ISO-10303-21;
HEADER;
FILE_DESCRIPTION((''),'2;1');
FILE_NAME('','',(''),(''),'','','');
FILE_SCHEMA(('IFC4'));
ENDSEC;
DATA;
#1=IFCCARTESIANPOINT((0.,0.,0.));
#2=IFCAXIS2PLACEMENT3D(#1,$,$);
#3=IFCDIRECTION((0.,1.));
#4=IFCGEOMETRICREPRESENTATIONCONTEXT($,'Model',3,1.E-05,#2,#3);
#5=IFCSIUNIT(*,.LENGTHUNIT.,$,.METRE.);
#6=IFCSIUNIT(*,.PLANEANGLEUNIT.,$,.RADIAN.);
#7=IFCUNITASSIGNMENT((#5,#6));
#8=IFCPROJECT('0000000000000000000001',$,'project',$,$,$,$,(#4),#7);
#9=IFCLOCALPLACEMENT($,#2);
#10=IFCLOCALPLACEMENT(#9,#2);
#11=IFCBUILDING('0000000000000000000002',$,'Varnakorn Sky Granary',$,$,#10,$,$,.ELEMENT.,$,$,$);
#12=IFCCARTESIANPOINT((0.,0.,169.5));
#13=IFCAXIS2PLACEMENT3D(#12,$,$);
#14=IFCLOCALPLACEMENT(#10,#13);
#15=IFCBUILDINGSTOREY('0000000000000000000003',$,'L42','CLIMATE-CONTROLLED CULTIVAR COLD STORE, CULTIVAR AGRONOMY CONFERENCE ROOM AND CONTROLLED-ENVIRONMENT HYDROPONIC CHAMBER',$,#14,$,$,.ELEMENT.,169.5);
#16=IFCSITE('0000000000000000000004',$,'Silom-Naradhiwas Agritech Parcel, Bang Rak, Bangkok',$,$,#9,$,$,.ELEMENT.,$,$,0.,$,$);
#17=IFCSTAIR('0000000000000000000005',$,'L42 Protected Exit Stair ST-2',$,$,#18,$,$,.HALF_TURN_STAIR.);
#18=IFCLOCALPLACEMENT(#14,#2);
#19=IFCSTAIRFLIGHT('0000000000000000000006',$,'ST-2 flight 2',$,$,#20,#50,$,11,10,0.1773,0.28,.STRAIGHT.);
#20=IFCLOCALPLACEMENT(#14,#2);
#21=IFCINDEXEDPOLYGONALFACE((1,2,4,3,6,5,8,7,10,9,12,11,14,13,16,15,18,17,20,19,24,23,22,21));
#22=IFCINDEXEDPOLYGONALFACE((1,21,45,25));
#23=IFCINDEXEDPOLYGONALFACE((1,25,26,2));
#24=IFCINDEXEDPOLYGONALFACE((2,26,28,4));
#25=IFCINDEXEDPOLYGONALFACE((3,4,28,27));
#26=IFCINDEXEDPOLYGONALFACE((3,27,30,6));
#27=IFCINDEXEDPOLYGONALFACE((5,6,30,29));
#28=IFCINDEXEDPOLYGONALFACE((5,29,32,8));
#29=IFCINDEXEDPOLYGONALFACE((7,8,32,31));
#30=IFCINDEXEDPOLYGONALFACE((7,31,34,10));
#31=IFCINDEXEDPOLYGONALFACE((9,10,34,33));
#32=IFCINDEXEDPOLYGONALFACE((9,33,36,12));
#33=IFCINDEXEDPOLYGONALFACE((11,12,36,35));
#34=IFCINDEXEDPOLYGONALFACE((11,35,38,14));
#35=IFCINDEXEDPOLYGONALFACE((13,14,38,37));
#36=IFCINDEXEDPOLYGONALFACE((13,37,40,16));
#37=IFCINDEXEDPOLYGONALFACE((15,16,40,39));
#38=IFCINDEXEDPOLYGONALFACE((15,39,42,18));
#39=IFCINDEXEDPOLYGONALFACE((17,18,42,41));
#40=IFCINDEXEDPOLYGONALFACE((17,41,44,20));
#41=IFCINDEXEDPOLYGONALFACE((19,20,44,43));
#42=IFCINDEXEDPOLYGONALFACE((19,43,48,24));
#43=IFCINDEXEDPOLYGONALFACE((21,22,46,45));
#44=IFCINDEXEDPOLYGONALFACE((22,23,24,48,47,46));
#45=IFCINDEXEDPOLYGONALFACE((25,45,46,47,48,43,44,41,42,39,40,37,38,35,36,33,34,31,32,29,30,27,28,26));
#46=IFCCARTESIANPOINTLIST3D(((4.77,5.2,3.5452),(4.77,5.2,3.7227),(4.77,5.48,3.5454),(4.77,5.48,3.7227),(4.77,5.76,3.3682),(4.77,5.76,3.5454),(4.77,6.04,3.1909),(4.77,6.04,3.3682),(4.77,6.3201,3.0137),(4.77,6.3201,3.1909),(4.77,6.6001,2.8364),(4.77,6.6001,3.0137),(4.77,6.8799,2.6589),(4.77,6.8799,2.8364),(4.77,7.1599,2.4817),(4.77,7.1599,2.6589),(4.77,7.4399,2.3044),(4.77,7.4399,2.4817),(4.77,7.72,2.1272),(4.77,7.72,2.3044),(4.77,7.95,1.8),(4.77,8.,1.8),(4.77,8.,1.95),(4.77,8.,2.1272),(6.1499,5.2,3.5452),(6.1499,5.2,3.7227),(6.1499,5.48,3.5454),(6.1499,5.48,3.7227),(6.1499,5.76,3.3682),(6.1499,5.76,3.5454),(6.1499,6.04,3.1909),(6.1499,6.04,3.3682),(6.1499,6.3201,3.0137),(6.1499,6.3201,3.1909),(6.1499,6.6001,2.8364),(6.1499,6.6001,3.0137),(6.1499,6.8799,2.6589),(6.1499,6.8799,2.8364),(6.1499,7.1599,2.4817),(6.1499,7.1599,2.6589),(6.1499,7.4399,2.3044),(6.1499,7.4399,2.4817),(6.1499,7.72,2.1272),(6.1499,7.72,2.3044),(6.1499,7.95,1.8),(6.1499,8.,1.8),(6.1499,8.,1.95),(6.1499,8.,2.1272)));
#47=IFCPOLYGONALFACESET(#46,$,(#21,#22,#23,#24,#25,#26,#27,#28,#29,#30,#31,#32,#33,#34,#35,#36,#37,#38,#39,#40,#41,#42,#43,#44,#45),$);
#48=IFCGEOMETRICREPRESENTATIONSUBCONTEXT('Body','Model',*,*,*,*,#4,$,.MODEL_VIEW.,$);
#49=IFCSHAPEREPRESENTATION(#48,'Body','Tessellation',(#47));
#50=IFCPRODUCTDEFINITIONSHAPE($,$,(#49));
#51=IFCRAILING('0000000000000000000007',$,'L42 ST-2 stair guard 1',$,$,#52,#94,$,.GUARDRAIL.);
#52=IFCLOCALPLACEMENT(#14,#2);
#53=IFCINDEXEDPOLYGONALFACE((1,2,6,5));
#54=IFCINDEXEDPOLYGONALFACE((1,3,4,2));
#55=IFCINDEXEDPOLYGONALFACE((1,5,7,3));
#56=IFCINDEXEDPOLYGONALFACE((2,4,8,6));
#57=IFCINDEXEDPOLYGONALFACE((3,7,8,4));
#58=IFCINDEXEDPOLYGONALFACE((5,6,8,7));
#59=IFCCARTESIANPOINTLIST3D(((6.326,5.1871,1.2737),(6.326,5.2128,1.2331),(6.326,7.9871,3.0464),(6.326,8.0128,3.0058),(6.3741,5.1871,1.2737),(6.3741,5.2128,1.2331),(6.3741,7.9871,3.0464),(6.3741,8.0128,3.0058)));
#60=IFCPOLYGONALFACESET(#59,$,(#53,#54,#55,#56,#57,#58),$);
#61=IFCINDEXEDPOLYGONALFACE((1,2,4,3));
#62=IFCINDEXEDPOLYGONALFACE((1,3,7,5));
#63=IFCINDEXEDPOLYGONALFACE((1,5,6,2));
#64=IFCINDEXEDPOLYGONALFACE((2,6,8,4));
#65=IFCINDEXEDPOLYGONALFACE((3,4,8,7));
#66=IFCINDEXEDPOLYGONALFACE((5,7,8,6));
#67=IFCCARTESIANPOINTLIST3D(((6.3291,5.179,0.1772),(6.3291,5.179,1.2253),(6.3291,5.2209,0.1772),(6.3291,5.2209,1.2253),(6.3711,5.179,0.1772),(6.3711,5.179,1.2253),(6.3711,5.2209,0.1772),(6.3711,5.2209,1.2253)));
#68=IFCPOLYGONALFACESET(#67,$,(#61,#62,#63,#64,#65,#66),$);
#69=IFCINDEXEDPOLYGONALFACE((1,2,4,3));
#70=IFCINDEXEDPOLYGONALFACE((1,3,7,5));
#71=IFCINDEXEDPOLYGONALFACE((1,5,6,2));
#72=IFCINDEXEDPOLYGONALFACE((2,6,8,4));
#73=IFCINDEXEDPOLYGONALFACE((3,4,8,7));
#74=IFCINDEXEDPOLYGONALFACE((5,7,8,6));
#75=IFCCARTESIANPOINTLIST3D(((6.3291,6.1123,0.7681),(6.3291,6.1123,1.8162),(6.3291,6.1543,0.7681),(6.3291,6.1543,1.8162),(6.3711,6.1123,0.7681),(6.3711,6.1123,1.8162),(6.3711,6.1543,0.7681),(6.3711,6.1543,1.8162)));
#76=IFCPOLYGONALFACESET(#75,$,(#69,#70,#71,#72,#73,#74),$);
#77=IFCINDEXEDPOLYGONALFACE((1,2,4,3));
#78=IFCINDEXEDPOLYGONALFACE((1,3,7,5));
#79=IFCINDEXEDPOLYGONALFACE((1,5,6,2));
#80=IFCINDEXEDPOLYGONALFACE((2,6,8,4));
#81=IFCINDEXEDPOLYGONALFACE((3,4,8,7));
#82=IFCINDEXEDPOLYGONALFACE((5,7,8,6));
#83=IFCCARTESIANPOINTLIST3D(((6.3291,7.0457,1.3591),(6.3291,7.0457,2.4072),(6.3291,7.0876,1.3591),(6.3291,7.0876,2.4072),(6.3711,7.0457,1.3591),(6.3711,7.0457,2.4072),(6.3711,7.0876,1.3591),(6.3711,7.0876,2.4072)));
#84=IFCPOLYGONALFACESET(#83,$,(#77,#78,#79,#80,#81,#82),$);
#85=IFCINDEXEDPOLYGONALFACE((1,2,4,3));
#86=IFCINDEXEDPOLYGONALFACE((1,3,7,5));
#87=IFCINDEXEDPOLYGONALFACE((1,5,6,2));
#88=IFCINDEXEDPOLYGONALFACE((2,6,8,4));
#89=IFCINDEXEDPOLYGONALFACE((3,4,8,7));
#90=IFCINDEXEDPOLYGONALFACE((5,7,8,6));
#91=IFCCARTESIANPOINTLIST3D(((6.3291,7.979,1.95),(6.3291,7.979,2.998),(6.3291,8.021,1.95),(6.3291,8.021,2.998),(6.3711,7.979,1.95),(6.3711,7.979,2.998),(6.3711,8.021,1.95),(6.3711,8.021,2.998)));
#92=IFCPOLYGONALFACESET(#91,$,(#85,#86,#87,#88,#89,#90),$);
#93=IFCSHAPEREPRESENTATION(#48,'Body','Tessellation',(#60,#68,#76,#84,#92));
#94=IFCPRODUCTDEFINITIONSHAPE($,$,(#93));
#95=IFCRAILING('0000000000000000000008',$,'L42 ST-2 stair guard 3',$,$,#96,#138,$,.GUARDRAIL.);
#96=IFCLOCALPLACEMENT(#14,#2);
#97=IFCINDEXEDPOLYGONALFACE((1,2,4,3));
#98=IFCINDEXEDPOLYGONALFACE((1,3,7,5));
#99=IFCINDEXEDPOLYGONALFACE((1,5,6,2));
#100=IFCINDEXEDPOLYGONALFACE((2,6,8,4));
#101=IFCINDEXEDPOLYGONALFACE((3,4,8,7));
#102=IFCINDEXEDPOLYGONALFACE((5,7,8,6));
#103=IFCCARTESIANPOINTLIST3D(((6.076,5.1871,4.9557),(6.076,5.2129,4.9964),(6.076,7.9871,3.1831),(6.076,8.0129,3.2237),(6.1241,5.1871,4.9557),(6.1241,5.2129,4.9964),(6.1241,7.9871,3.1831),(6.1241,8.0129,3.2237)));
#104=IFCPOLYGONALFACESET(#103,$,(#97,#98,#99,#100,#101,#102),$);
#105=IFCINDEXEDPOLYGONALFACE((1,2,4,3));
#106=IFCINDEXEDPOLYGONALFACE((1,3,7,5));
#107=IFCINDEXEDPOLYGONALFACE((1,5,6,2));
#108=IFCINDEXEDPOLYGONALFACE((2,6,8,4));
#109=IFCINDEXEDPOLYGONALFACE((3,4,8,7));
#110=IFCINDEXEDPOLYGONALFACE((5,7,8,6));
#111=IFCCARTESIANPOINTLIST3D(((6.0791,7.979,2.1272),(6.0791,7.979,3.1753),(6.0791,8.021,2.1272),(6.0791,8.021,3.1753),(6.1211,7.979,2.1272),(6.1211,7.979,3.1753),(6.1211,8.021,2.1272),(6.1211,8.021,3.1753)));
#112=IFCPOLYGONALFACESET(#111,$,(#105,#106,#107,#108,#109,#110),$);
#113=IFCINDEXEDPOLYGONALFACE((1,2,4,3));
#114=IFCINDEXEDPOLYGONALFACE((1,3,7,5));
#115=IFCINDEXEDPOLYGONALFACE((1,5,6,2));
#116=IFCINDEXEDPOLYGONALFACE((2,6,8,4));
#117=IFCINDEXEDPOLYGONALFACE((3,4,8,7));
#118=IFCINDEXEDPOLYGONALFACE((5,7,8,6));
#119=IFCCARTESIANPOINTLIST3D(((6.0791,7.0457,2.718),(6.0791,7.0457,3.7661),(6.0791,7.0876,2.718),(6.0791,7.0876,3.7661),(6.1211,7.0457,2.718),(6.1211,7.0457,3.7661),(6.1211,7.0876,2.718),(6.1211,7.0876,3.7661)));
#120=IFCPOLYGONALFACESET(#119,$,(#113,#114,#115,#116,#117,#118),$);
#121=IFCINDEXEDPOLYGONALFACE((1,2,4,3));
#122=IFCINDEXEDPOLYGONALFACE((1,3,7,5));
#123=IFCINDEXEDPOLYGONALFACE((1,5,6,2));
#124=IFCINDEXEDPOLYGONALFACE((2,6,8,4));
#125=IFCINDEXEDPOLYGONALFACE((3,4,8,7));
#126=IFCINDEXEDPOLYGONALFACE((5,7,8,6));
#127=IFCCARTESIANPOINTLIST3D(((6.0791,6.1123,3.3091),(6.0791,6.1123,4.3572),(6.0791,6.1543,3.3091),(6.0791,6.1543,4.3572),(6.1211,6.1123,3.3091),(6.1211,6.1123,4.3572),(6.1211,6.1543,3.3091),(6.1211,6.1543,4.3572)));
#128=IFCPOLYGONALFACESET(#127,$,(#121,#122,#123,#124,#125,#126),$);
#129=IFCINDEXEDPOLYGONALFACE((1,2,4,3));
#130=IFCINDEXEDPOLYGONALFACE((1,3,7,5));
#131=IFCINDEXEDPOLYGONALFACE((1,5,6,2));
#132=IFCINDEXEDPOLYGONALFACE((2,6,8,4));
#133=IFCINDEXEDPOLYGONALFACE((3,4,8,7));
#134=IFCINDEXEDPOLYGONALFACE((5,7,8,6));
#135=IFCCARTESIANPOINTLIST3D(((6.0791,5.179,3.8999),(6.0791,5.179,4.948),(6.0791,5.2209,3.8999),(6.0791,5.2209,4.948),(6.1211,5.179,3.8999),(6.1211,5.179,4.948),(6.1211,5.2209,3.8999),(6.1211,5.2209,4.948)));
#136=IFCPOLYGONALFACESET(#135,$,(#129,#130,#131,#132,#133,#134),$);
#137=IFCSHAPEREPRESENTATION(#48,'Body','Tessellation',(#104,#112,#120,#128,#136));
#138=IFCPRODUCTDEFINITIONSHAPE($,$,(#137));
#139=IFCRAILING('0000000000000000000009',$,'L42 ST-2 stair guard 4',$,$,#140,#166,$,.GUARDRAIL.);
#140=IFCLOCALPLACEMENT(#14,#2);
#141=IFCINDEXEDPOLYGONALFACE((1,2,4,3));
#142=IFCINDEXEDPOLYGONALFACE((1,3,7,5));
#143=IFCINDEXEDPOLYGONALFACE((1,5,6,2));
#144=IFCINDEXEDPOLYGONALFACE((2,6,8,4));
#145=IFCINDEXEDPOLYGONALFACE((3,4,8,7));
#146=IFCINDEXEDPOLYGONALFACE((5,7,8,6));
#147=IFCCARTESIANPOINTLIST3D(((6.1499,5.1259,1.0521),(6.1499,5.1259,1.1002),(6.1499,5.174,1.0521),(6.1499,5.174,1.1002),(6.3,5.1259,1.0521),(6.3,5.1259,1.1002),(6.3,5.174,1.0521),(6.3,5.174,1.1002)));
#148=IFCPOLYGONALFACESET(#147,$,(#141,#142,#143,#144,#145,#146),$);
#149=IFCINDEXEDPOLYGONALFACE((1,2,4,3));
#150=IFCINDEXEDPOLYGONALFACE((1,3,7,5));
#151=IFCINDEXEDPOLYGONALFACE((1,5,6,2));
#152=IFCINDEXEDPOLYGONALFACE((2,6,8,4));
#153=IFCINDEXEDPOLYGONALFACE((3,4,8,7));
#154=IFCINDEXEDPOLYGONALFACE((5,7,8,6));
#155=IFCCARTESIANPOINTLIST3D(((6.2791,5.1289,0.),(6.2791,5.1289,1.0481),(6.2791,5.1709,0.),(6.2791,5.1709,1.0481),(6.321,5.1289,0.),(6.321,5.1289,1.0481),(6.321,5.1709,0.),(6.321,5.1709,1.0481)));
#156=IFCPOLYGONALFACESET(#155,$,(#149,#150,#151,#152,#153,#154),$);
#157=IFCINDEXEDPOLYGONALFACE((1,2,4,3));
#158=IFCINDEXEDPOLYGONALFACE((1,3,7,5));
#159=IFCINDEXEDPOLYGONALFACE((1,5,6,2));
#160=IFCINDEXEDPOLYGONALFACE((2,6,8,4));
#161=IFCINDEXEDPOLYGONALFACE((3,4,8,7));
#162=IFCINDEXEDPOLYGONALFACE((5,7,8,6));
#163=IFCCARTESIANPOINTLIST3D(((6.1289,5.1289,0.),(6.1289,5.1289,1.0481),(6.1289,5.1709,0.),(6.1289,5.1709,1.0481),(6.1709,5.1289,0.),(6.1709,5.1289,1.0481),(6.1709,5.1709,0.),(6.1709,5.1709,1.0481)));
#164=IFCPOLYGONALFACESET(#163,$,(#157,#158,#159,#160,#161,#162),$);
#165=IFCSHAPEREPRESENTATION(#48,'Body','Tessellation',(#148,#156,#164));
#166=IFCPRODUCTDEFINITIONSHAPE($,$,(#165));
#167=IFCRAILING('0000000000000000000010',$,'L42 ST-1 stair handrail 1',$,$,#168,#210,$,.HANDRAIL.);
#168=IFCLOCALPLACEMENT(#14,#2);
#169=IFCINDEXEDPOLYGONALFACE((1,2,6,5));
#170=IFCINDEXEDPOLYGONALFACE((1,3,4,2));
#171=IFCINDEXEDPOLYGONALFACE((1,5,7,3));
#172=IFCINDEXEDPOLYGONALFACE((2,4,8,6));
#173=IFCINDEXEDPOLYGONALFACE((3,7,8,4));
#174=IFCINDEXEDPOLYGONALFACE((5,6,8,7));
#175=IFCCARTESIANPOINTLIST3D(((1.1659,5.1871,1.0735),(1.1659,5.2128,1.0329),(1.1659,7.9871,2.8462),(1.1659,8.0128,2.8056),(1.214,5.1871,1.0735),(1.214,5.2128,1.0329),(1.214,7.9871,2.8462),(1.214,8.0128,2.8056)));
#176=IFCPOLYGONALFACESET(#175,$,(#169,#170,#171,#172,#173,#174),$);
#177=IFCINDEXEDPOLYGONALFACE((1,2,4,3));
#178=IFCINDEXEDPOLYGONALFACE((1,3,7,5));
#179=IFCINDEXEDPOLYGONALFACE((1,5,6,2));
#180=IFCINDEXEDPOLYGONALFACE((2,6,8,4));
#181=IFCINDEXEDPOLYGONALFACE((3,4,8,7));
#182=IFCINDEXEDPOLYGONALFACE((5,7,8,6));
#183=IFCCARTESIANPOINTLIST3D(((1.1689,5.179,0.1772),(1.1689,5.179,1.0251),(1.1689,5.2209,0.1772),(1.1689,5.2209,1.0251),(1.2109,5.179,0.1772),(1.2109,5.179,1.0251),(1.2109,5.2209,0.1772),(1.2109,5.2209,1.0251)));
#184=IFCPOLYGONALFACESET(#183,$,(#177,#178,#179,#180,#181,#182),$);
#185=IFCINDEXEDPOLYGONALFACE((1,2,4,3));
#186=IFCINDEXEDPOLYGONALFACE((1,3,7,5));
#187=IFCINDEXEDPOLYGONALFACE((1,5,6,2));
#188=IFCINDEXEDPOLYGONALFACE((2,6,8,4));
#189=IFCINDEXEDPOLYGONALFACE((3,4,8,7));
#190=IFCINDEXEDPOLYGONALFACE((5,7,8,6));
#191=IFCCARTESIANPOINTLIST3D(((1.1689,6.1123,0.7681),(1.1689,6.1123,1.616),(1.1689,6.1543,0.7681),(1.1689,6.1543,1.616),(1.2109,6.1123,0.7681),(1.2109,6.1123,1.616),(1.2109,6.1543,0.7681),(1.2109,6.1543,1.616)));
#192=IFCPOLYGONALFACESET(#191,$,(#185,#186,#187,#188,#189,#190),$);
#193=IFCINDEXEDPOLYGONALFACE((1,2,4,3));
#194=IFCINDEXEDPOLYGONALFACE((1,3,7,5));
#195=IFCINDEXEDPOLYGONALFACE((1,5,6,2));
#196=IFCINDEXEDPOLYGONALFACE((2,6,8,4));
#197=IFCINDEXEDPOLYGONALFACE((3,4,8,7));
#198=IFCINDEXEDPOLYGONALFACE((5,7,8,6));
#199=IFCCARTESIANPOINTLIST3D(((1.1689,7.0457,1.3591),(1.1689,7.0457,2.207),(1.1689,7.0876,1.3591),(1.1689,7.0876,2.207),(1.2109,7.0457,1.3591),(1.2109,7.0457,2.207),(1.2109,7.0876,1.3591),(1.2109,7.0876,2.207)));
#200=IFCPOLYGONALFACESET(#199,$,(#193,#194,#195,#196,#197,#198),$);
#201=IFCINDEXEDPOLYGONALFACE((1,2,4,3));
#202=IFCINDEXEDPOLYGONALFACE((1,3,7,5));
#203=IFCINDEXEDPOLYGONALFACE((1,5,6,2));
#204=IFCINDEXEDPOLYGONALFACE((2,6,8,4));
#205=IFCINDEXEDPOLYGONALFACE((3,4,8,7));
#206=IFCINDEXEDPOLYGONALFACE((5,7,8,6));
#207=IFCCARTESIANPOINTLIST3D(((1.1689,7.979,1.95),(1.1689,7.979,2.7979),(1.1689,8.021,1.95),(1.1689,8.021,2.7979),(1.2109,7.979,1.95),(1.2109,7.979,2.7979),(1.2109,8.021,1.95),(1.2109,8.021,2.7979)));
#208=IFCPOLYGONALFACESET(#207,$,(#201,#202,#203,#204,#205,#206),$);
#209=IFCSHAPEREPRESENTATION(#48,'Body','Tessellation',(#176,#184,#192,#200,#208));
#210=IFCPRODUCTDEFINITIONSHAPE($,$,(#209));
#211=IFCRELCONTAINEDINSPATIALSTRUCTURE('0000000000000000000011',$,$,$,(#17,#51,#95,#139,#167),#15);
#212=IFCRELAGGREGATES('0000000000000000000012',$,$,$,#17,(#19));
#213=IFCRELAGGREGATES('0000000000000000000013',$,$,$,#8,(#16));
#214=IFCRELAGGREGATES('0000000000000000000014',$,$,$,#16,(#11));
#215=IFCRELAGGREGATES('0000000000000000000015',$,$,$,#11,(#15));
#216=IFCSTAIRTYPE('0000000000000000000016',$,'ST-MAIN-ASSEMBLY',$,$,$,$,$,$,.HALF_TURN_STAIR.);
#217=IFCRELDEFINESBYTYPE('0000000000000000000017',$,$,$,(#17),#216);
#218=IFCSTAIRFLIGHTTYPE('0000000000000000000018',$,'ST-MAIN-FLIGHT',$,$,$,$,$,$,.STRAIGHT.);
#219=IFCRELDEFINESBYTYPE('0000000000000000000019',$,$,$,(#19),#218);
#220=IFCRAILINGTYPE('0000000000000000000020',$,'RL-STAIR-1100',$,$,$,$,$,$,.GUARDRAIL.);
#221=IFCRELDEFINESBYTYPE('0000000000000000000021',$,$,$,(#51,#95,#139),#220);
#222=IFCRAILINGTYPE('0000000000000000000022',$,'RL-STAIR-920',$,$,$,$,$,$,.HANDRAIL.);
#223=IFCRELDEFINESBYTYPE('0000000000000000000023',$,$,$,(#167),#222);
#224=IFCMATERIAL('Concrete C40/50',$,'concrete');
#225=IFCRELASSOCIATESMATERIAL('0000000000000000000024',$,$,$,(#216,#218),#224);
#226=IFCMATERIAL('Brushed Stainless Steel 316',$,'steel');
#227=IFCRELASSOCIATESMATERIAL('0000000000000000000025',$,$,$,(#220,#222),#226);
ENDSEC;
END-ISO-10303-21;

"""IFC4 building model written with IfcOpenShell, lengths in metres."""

from ifc_helpers import new_model, si_unit, direction, frame, origin, origin_2d, place, context, subcontext, project, spatial, polyline, rectangle, outline, extrude, material, type_object, element, aggregate, save


model = new_model("IFC4")

# Units and contexts
model_context = context("Model", 3, precision=1e-05, world=origin(), true_north=direction((0.0, 1.0)))
body_context = subcontext(model_context, "Body", "Model", "MODEL_VIEW")
ifc_project = project(units=[si_unit("LENGTHUNIT", "METRE"), si_unit("PLANEANGLEUNIT", "RADIAN")], contexts=[model_context])

# Site, building, storey
site_placement = place(None, origin())
site = spatial("IfcSite", under=ifc_project, at=site_placement, Name="Silom-Naradhiwas Agritech Parcel, Bang Rak, Bangkok", CompositionType="ELEMENT", RefElevation=0.0)
building_placement = place(site_placement, origin())
building = spatial("IfcBuilding", under=site, at=building_placement, Name="Varnakorn Sky Granary", CompositionType="ELEMENT")
storey_placement = place(building_placement, frame((0.0, 0.0, 169.5)))
storey = spatial("IfcBuildingStorey", under=building, at=storey_placement, Name="L42", Description="CLIMATE-CONTROLLED CULTIVAR COLD STORE, CULTIVAR AGRONOMY CONFERENCE ROOM AND CONTROLLED-ENVIRONMENT HYDROPONIC CHAMBER", CompositionType="ELEMENT", Elevation=169.5)

# Shared definitions
ifc_material_1 = material(Name="Concrete C40/50", Category="concrete")
stair_type = type_object("IfcStairType", Name="ST-MAIN-ASSEMBLY", PredefinedType="HALF_TURN_STAIR", material=ifc_material_1)
stair_flight_type = type_object("IfcStairFlightType", Name="ST-MAIN-FLIGHT", PredefinedType="STRAIGHT", material=ifc_material_1)

# Stair, stair flight
stair_1_placement = place(storey_placement, origin())
stair_1 = element("IfcStair", 1, at=stair_1_placement, inside=storey, type_object=stair_type, Name="L42 Protected Exit Stair ST-2", PredefinedType="HALF_TURN_STAIR")
stair_flight_1_placement = place(storey_placement, frame((5.46, 8.0, 1.95), z_axis=(0.0, 0.0, 1.0), x_axis=(0.0, -1.0, 0.0)))
stair_flight_1 = element("IfcStairFlight", 2, at=stair_flight_1_placement, type_object=stair_flight_type, Name="ST-2 flight 2", NumberOfRisers=11, NumberOfTreads=10, PredefinedType="STRAIGHT", RiserHeight=0.1773, TreadLength=0.28, context=body_context, shape_type="SweptSolid", body=[
    extrude(outline(polyline([(0.0, -0.1499), (0.0, 0.0), (0.0, 0.1772), (0.28, 0.1772), (0.28, 0.3545), (0.5601, 0.3545), (0.5601, 0.5317), (0.8401, 0.5317), (0.8401, 0.709), (1.1201, 0.709), (1.1201, 0.8865), (1.3999, 0.8865), (1.3999, 1.0637), (1.6799, 1.0637), (1.6799, 1.241), (1.96, 1.241), (1.96, 1.4182), (2.24, 1.4182), (2.24, 1.5955), (2.52, 1.5955), (2.52, 1.7727), (2.8, 1.7727), (2.8, 1.95), (2.8, 1.5952), (0.05, -0.1499), (0.0, -0.1499)])), frame((0.0, 0.6899, 0.0), z_axis=(0.0, -1.0, 0.0), x_axis=(1.0, 0.0, 0.0)), (0.0, 0.0, 1.0), 1.3799),
])
aggregate(stair_1, [stair_flight_1])

# Railings
ifc_material_2 = material(Name="Brushed Stainless Steel 316", Category="steel")
railing_type_1 = type_object("IfcRailingType", Name="RL-STAIR-1100", PredefinedType="GUARDRAIL", material=ifc_material_2)
railing_1_placement = place(storey_placement, frame((6.3501, 5.2, 0.1772)))
element("IfcRailing", 3, at=railing_1_placement, inside=storey, type_object=railing_type_1, Name="L42 ST-2 stair guard 1", PredefinedType="GUARDRAIL", context=body_context, shape_type="SweptSolid", body=[
    extrude(rectangle(XDim=0.0481, YDim=0.0481, at=origin_2d()), frame((0.0, 0.0, 1.0762), z_axis=(0.0, 0.844909, 0.53491), x_axis=(-1.0, 0.0, 0.0)), (0.0, 0.0, 1.0), 3.314),
    extrude(rectangle(XDim=0.042, YDim=0.042, at=origin_2d()), origin(), (0.0, 0.0, 1.0), 1.0481),
    extrude(rectangle(XDim=0.042, YDim=0.042, at=origin_2d()), frame((0.0, 0.9333, 0.5908)), (0.0, 0.0, 1.0), 1.0481),
    extrude(rectangle(XDim=0.042, YDim=0.042, at=origin_2d()), frame((0.0, 1.8667, 1.1819)), (0.0, 0.0, 1.0), 1.0481),
    extrude(rectangle(XDim=0.042, YDim=0.042, at=origin_2d()), frame((0.0, 2.8, 1.7727)), (0.0, 0.0, 1.0), 1.0481),
])
railing_2_placement = place(storey_placement, frame((6.1001, 8.0, 2.1272)))
element("IfcRailing", 4, at=railing_2_placement, inside=storey, type_object=railing_type_1, Name="L42 ST-2 stair guard 3", PredefinedType="GUARDRAIL", context=body_context, shape_type="SweptSolid", body=[
    extrude(rectangle(XDim=0.0481, YDim=0.0481, at=origin_2d()), frame((0.0, 0.0, 1.0762), z_axis=(0.0, -0.844909, 0.53491), x_axis=(1.0, 0.0, 0.0)), (0.0, 0.0, 1.0), 3.314),
    extrude(rectangle(XDim=0.042, YDim=0.042, at=origin_2d()), origin(), (0.0, 0.0, 1.0), 1.0481),
    extrude(rectangle(XDim=0.042, YDim=0.042, at=origin_2d()), frame((0.0, -0.9333, 0.5908)), (0.0, 0.0, 1.0), 1.0481),
    extrude(rectangle(XDim=0.042, YDim=0.042, at=origin_2d()), frame((0.0, -1.8667, 1.1819)), (0.0, 0.0, 1.0), 1.0481),
    extrude(rectangle(XDim=0.042, YDim=0.042, at=origin_2d()), frame((0.0, -2.8, 1.7727)), (0.0, 0.0, 1.0), 1.0481),
])
railing_3_placement = place(storey_placement, frame((6.3, 5.1499, 0.0)))
element("IfcRailing", 5, at=railing_3_placement, inside=storey, type_object=railing_type_1, Name="L42 ST-2 stair guard 4", PredefinedType="GUARDRAIL", context=body_context, shape_type="SweptSolid", body=[
    extrude(rectangle(XDim=0.0481, YDim=0.0481, at=origin_2d()), frame((0.0, 0.0, 1.0762), z_axis=(-1.0, 0.0, 0.0), x_axis=(0.0, -1.0, 0.0)), (0.0, 0.0, 1.0), 0.1501),
    extrude(rectangle(XDim=0.042, YDim=0.042, at=origin_2d()), origin(), (0.0, 0.0, 1.0), 1.0481),
    extrude(rectangle(XDim=0.042, YDim=0.042, at=origin_2d()), frame((-0.1501, 0.0, 0.0)), (0.0, 0.0, 1.0), 1.0481),
])
railing_type_2 = type_object("IfcRailingType", Name="RL-STAIR-920", PredefinedType="HANDRAIL", material=ifc_material_2)
for number, where, name in (
    (6, (1.1899, 5.2, 0.1772), "L42 ST-1 stair handrail 1"),
):
    element("IfcRailing", number, at=place(storey_placement, frame(where)), inside=storey, type_object=railing_type_2, Name=name, PredefinedType="HANDRAIL", context=body_context, shape_type="SweptSolid", body=[
        extrude(rectangle(XDim=0.0481, YDim=0.0481, at=origin_2d()), frame((0.0, 0.0, 0.876), z_axis=(0.0, 0.844909, 0.53491), x_axis=(-1.0, 0.0, 0.0)), (0.0, 0.0, 1.0), 3.314),
        extrude(rectangle(XDim=0.042, YDim=0.042, at=origin_2d()), origin(), (0.0, 0.0, 1.0), 0.8479),
        extrude(rectangle(XDim=0.042, YDim=0.042, at=origin_2d()), frame((0.0, 0.9333, 0.5908)), (0.0, 0.0, 1.0), 0.8479),
        extrude(rectangle(XDim=0.042, YDim=0.042, at=origin_2d()), frame((0.0, 1.8667, 1.1819)), (0.0, 0.0, 1.0), 0.8479),
        extrude(rectangle(XDim=0.042, YDim=0.042, at=origin_2d()), frame((0.0, 2.8, 1.7727)), (0.0, 0.0, 1.0), 0.8479),
    ])

save(model, "model.ifc")
